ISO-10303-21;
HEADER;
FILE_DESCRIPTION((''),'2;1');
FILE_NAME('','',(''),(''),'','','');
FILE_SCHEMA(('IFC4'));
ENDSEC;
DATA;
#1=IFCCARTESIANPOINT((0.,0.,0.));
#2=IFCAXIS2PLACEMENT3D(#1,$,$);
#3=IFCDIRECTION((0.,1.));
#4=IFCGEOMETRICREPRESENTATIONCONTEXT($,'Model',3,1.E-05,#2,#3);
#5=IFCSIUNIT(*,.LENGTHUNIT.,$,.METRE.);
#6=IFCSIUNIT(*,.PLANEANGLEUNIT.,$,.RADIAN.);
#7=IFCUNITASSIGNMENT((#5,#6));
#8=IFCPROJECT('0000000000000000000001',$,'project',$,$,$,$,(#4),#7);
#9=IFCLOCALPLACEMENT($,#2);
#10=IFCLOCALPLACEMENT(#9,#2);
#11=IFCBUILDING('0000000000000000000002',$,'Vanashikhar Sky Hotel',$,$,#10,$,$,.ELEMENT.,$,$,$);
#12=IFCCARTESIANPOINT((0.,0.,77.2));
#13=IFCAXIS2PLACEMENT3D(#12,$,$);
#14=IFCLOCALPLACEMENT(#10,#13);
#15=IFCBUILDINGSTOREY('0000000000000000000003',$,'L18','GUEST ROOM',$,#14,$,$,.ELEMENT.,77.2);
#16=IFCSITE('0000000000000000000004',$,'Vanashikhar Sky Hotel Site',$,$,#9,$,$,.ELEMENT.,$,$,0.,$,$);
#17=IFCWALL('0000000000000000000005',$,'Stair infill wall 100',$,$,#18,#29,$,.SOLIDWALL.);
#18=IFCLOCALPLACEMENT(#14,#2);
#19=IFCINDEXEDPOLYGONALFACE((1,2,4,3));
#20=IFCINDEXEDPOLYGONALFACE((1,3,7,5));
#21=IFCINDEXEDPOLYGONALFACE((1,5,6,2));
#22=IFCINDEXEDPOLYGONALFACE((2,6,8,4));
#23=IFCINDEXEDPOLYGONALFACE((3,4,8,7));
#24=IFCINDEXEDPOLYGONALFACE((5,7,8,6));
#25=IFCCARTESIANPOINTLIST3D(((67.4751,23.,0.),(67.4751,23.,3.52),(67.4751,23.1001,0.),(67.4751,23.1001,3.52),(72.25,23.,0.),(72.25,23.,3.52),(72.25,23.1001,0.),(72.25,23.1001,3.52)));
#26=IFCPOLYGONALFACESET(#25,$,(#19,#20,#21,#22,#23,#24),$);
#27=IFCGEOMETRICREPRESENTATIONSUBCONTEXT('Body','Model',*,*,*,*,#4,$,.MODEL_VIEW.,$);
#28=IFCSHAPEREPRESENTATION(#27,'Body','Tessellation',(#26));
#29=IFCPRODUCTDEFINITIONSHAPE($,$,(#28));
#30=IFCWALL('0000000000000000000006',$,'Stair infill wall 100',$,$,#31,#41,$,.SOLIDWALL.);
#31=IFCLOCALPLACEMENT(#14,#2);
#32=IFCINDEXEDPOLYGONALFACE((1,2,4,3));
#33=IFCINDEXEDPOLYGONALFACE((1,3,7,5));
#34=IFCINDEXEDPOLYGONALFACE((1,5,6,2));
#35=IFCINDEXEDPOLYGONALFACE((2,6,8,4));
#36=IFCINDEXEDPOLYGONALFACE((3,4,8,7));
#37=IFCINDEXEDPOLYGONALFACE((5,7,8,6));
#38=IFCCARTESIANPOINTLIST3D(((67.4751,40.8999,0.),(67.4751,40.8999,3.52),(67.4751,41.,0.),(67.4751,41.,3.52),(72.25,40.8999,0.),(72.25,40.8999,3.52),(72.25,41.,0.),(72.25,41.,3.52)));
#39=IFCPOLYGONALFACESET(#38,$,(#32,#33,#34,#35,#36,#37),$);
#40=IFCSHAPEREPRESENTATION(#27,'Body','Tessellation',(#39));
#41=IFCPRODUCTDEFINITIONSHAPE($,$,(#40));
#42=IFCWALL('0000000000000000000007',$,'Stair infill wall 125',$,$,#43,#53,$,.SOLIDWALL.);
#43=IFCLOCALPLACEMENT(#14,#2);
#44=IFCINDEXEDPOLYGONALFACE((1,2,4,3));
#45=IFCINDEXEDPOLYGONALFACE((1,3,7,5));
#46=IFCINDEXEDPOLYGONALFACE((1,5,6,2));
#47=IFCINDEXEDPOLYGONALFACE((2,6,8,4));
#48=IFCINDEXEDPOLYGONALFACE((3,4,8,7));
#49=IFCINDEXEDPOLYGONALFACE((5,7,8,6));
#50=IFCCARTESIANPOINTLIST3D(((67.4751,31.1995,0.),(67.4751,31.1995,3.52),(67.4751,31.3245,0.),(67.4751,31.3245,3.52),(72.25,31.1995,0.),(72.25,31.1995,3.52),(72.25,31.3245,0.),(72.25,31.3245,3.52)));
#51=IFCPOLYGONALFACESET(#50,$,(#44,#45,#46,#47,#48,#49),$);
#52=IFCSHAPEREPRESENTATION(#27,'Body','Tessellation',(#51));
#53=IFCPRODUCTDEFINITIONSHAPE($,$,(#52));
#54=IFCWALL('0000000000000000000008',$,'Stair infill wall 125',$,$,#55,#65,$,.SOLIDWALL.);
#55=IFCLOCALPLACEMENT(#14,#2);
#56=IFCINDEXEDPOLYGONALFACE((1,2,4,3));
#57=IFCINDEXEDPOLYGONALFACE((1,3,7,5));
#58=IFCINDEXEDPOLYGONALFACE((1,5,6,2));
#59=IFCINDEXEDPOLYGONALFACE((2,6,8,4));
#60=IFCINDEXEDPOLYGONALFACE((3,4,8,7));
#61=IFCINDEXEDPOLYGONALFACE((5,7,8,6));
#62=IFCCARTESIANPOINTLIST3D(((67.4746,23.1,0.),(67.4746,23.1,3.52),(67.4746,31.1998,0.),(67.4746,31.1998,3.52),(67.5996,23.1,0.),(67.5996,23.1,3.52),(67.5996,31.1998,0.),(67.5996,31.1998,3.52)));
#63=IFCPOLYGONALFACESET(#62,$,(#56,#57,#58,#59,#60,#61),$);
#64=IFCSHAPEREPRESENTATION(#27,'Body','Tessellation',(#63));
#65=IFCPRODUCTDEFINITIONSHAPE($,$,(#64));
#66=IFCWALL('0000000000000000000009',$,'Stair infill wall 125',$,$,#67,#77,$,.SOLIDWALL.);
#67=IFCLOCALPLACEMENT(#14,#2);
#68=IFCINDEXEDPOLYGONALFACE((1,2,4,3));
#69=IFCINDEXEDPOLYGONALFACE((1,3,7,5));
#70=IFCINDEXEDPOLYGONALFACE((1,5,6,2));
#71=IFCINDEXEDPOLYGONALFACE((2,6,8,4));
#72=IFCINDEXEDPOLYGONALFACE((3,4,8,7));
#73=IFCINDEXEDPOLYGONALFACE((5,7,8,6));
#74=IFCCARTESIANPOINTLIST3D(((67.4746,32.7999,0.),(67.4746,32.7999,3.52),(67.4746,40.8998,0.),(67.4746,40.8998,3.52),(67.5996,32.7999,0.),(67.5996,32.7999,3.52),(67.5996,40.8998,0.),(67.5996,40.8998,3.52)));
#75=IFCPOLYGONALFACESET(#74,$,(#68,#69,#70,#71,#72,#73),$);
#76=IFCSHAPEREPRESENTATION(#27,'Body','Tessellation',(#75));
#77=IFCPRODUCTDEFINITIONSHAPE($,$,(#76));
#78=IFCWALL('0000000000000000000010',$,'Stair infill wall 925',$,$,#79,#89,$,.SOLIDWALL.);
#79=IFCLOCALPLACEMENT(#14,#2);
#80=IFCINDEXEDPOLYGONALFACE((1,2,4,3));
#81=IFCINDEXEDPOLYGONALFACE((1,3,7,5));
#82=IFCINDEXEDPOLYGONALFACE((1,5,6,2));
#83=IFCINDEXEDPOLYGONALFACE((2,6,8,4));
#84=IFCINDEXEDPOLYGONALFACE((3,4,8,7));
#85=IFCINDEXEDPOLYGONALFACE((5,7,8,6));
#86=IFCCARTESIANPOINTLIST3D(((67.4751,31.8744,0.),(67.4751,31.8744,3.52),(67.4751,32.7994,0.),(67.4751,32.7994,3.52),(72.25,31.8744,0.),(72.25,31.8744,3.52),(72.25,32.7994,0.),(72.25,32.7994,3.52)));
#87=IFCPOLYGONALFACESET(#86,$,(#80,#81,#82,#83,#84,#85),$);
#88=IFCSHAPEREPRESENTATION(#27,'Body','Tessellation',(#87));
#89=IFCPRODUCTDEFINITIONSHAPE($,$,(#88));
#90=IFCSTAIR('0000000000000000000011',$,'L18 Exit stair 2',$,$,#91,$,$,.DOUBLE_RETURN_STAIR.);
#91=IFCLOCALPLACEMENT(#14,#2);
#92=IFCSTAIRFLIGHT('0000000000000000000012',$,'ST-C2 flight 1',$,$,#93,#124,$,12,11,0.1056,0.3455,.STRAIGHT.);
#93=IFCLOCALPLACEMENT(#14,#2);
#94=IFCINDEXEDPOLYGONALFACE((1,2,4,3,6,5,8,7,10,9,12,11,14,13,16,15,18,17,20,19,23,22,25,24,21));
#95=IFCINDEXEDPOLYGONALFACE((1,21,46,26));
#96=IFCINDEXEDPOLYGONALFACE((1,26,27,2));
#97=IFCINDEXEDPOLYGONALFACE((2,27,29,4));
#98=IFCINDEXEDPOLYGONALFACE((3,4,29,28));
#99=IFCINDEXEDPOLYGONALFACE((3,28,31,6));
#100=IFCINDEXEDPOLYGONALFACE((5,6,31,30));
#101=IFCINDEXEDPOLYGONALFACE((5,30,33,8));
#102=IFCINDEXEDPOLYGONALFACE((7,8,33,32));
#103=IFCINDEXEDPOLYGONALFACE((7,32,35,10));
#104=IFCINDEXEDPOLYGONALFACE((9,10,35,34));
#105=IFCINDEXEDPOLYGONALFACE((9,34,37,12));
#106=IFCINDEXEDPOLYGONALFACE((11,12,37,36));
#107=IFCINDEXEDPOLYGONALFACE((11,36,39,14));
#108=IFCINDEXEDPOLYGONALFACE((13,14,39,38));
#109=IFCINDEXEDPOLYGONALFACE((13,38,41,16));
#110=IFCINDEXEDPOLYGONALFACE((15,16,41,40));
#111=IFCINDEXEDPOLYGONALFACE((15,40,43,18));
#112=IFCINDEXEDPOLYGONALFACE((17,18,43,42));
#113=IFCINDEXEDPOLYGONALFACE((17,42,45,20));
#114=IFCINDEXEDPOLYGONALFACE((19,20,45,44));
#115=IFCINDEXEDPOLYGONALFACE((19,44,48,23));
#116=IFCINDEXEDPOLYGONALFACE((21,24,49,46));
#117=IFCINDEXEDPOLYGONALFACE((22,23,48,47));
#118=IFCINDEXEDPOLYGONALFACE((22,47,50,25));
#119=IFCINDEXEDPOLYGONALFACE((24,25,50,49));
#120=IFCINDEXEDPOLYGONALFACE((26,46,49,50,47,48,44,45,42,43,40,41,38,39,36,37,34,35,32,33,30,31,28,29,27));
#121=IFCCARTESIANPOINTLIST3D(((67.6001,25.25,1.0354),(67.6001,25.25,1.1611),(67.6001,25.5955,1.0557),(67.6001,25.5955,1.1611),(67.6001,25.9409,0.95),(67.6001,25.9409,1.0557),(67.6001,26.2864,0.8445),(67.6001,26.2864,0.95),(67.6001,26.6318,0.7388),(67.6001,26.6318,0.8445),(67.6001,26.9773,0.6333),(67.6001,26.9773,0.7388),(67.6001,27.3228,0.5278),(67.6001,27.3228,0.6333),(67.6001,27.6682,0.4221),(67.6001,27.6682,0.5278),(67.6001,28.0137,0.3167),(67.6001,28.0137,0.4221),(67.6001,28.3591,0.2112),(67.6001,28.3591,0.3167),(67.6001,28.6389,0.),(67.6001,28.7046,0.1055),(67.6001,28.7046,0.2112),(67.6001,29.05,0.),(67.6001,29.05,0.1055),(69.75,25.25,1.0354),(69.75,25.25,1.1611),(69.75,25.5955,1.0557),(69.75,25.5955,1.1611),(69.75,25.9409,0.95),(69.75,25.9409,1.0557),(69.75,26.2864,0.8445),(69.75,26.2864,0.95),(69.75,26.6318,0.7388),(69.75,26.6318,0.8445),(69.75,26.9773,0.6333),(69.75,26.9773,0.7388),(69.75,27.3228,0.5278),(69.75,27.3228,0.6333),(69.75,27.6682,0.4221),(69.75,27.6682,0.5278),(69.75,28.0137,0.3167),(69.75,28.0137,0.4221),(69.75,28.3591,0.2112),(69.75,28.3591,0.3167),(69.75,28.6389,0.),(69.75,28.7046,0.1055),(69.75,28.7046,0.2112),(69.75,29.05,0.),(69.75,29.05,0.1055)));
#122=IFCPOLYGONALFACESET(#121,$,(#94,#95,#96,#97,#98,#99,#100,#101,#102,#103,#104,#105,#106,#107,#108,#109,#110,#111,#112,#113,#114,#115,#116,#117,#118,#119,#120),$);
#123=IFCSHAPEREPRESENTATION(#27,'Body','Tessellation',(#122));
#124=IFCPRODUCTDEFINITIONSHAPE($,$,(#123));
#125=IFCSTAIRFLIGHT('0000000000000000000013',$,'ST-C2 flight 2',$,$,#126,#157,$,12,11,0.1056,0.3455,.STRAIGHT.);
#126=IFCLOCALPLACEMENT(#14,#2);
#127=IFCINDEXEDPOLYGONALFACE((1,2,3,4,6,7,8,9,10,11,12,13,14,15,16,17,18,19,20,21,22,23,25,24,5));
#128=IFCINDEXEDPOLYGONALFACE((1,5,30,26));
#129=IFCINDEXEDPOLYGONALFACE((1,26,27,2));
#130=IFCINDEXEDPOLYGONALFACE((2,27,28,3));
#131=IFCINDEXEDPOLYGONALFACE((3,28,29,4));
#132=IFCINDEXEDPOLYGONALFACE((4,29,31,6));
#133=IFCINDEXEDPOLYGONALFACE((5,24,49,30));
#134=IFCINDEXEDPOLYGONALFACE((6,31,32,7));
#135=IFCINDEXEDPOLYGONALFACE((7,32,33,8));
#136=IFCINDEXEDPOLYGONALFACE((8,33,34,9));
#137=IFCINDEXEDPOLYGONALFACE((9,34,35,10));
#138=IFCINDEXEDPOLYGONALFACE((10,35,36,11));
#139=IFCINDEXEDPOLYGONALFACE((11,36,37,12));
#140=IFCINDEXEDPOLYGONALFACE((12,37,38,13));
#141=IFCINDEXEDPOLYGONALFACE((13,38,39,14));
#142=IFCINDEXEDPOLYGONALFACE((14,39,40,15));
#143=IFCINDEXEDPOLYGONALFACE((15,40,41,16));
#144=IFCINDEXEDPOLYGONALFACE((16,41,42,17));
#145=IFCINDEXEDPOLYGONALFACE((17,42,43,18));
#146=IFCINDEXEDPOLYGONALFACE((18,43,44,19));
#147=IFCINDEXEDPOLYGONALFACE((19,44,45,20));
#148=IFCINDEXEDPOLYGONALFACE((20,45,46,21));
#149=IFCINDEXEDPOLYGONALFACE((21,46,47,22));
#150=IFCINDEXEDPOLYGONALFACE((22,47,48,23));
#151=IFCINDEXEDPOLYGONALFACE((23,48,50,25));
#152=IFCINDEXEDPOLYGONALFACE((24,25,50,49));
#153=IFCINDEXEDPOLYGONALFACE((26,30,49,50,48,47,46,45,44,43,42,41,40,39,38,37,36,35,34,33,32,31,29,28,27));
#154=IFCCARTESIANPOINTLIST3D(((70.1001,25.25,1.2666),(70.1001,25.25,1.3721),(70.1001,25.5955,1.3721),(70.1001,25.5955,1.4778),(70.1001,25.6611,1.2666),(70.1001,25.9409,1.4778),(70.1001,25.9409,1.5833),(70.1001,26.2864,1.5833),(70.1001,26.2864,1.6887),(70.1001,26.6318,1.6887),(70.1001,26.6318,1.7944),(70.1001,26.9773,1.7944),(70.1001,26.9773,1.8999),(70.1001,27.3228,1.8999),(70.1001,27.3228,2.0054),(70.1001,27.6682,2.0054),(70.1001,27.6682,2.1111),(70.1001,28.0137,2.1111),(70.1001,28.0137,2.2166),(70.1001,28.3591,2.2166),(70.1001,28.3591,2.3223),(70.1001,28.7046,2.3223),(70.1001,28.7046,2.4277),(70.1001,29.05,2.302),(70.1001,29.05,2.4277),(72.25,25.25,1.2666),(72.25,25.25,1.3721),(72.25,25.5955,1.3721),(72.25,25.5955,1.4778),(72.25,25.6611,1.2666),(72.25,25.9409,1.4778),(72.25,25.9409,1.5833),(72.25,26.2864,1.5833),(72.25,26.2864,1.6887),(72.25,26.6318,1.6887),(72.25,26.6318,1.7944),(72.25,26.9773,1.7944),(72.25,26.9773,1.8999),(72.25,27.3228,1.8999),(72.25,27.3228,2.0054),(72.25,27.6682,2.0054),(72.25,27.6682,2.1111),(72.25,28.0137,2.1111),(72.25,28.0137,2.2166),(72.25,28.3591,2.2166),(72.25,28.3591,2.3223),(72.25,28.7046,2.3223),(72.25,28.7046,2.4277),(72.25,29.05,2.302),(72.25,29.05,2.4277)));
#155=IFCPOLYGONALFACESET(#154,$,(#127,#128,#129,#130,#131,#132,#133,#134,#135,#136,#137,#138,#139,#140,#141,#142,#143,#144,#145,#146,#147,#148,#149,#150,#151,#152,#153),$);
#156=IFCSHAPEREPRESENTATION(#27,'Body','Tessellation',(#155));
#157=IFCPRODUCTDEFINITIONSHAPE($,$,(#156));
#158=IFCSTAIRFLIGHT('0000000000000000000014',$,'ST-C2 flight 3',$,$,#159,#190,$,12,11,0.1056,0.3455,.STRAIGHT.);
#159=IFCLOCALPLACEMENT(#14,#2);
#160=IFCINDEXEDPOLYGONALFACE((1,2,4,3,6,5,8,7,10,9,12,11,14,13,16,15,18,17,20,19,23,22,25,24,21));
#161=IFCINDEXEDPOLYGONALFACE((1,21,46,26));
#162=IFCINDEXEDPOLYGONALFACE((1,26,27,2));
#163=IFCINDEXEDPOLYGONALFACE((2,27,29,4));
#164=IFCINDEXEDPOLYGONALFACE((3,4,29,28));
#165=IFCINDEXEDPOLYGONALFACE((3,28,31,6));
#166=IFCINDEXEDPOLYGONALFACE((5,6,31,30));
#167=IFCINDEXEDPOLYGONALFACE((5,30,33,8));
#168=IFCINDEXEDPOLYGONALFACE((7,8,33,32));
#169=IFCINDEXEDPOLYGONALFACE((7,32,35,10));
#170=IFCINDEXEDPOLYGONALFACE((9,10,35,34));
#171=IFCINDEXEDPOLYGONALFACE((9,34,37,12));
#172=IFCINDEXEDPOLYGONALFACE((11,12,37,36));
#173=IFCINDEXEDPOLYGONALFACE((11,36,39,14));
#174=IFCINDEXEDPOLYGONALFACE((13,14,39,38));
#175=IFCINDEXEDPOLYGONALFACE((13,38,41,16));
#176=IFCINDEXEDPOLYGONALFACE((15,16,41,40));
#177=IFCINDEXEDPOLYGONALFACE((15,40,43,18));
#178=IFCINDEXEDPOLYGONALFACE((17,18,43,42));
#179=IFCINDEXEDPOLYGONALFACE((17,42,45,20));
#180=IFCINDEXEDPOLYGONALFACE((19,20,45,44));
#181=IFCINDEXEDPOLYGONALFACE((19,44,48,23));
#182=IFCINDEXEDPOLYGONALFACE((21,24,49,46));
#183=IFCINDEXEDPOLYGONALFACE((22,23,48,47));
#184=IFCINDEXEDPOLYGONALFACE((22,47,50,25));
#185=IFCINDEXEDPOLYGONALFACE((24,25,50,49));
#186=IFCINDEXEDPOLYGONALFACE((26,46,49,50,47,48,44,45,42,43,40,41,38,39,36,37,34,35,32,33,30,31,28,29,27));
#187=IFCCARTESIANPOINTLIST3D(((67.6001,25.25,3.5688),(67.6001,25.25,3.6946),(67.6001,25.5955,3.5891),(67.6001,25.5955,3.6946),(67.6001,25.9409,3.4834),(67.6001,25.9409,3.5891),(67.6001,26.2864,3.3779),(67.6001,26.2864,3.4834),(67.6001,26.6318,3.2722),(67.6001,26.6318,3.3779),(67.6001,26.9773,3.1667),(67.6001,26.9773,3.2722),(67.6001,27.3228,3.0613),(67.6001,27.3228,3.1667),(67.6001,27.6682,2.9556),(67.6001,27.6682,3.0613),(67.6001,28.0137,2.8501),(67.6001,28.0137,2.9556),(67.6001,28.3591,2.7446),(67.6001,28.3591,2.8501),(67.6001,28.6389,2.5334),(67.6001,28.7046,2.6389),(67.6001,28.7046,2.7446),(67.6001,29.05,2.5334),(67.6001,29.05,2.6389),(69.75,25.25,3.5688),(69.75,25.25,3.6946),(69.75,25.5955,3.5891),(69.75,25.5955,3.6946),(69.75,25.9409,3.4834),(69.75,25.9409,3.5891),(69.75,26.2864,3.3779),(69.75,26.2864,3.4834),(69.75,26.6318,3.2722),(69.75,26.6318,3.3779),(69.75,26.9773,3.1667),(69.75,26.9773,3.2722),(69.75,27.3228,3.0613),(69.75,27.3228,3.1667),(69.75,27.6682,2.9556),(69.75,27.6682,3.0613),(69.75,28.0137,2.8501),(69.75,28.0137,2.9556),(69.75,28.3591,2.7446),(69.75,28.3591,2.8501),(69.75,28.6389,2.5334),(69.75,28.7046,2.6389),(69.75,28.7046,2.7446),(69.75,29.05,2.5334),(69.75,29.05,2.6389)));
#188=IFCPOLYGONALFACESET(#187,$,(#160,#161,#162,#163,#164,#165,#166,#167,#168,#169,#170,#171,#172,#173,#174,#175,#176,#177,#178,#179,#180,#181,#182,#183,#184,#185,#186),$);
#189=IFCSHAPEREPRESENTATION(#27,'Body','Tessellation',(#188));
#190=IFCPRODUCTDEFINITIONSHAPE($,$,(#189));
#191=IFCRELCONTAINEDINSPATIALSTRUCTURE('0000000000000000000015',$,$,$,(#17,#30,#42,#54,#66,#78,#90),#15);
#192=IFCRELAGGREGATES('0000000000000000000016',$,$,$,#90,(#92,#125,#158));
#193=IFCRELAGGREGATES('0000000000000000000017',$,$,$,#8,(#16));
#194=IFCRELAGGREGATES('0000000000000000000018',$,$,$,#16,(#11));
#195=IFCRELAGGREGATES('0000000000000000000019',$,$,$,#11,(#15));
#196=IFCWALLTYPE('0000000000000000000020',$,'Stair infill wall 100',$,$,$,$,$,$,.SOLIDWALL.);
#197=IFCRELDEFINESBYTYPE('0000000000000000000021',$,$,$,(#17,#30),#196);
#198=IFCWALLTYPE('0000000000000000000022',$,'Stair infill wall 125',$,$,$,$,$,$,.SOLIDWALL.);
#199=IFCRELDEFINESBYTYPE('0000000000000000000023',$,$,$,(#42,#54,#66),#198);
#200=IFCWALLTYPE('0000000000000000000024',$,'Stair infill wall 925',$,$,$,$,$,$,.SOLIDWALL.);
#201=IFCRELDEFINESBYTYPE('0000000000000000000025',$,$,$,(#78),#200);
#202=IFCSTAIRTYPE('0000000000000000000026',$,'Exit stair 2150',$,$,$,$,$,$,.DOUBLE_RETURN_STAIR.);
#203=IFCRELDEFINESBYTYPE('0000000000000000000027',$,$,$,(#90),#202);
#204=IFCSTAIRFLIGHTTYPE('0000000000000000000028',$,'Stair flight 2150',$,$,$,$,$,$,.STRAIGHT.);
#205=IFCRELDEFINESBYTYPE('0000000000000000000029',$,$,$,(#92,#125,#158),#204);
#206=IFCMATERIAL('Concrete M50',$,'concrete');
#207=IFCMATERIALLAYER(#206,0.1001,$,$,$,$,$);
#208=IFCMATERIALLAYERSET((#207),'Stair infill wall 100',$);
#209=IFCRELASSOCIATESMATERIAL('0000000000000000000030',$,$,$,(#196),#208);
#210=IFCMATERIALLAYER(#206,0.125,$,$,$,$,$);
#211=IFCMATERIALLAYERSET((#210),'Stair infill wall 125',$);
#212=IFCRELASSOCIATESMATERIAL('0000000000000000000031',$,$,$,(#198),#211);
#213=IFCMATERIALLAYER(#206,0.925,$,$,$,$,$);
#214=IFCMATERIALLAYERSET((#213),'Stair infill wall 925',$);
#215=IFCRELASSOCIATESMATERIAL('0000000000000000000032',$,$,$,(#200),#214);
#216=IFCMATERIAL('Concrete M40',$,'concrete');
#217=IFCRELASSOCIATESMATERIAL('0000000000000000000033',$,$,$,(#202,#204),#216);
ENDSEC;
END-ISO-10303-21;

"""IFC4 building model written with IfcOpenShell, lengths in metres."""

from ifc_helpers import new_model, si_unit, direction, frame, frame_2d, origin, place, context, subcontext, project, spatial, polyline, rectangle, outline, extrude, source, transform, mapped, material, layer, layer_set, type_object, element, aggregate, save


model = new_model("IFC4")

# Units and contexts
model_context = context("Model", 3, precision=1e-05, world=origin(), true_north=direction((0.0, 1.0)))
body_context = subcontext(model_context, "Body", "Model", "MODEL_VIEW")
ifc_project = project(units=[si_unit("LENGTHUNIT", "METRE"), si_unit("PLANEANGLEUNIT", "RADIAN")], contexts=[model_context])

# Site, building, storey
site_placement = place(None, origin())
site = spatial("IfcSite", under=ifc_project, at=site_placement, Name="Vanashikhar Sky Hotel Site", CompositionType="ELEMENT", RefElevation=0.0)
building_placement = place(site_placement, origin())
building = spatial("IfcBuilding", under=site, at=building_placement, Name="Vanashikhar Sky Hotel", CompositionType="ELEMENT")
storey_placement = place(building_placement, frame((0.0, 0.0, 77.2)))
storey = spatial("IfcBuildingStorey", under=building, at=storey_placement, Name="L18", Description="GUEST ROOM", CompositionType="ELEMENT", Elevation=77.2)

# Shared definitions
ifc_material_1 = material(Name="Concrete M40", Category="concrete")

# Shared definitions
ifc_material_2 = material(Name="Concrete M50", Category="concrete")

# Walls
ifc_layer_1 = layer(ifc_material_2, 0.1001)
ifc_layer_set_1 = layer_set([ifc_layer_1], Name="Stair infill wall 100")
wall_type_1 = type_object("IfcWallType", Name="Stair infill wall 100", PredefinedType="SOLIDWALL", material=ifc_layer_set_1)
shared_shape_1 = source(origin(), body_context, "Body", "SweptSolid", [
    extrude(rectangle(XDim=4.7749, YDim=0.1001, at=frame_2d((2.3875, 0.0))), origin(), (0.0, 0.0, 1.0), 3.52),
])
for number, where, z_axis, x_axis, name in (
    (1, (67.4751, 23.05, 0.0), (0.0, 0.0, 1.0), (1.0, 0.0, 0.0), "Stair infill wall 100"),
    (2, (67.4751, 40.95, 0.0), (0.0, 0.0, 1.0), (1.0, 0.0, 0.0), "Stair infill wall 100"),
):
    element("IfcWall", number, at=place(storey_placement, frame(where, z_axis=z_axis, x_axis=x_axis)), inside=storey, type_object=wall_type_1, Name=name, PredefinedType="SOLIDWALL", context=body_context, shape_type="MappedRepresentation", body=[
        mapped(shared_shape_1, transform((0.0, 0.0, 0.0), scale=1.0)),
    ])
ifc_layer_2 = layer(ifc_material_2, 0.125)
ifc_layer_set_2 = layer_set([ifc_layer_2], Name="Stair infill wall 125")
wall_type_2 = type_object("IfcWallType", Name="Stair infill wall 125", PredefinedType="SOLIDWALL", material=ifc_layer_set_2)
shared_shape_2 = source(origin(), body_context, "Body", "SweptSolid", [
    extrude(rectangle(XDim=4.7749, YDim=0.125, at=frame_2d((2.3875, 0.0))), origin(), (0.0, 0.0, 1.0), 3.52),
])
wall_1_placement = place(storey_placement, frame((67.4751, 31.262, 0.0), z_axis=(0.0, 0.0, 1.0), x_axis=(1.0, 0.0, 0.0)))
element("IfcWall", 3, at=wall_1_placement, inside=storey, type_object=wall_type_2, Name="Stair infill wall 125", PredefinedType="SOLIDWALL", context=body_context, shape_type="MappedRepresentation", body=[
    mapped(shared_shape_2, transform((0.0, 0.0, 0.0), scale=1.0)),
])
shared_shape_3 = source(origin(), body_context, "Body", "SweptSolid", [
    extrude(rectangle(XDim=8.0999, YDim=0.125, at=frame_2d((4.0498, 0.0))), origin(), (0.0, 0.0, 1.0), 3.52),
])
for number, where, z_axis, x_axis, name in (
    (4, (67.5371, 23.1001, 0.0), (0.0, 0.0, 1.0), (0.0, 1.0, 0.0), "Stair infill wall 125"),
    (5, (67.5371, 32.8, 0.0), (0.0, 0.0, 1.0), (0.0, 1.0, 0.0), "Stair infill wall 125"),
):
    element("IfcWall", number, at=place(storey_placement, frame(where, z_axis=z_axis, x_axis=x_axis)), inside=storey, type_object=wall_type_2, Name=name, PredefinedType="SOLIDWALL", context=body_context, shape_type="MappedRepresentation", body=[
        mapped(shared_shape_3, transform((0.0, 0.0, 0.0), scale=1.0)),
    ])
ifc_layer_3 = layer(ifc_material_2, 0.925)
ifc_layer_set_3 = layer_set([ifc_layer_3], Name="Stair infill wall 925")
wall_type_3 = type_object("IfcWallType", Name="Stair infill wall 925", PredefinedType="SOLIDWALL", material=ifc_layer_set_3)
shared_shape_4 = source(origin(), body_context, "Body", "SweptSolid", [
    extrude(rectangle(XDim=4.7749, YDim=0.925, at=frame_2d((2.3875, 0.0))), origin(), (0.0, 0.0, 1.0), 3.52),
])
wall_2_placement = place(storey_placement, frame((67.4751, 32.3369, 0.0), z_axis=(0.0, 0.0, 1.0), x_axis=(1.0, 0.0, 0.0)))
element("IfcWall", 6, at=wall_2_placement, inside=storey, type_object=wall_type_3, Name="Stair infill wall 925", PredefinedType="SOLIDWALL", context=body_context, shape_type="MappedRepresentation", body=[
    mapped(shared_shape_4, transform((0.0, 0.0, 0.0), scale=1.0)),
])

# Stair, stair flights
stair_type = type_object("IfcStairType", Name="Exit stair 2150", PredefinedType="DOUBLE_RETURN_STAIR", material=ifc_material_1)
stair_1_placement = place(storey_placement, origin())
stair_1 = element("IfcStair", 7, at=stair_1_placement, inside=storey, type_object=stair_type, Name="L18 Exit stair 2", PredefinedType="DOUBLE_RETURN_STAIR")
stair_flight_type = type_object("IfcStairFlightType", Name="Stair flight 2150", PredefinedType="STRAIGHT", material=ifc_material_1)
shared_shape_5 = source(origin(), body_context, "Body", "SweptSolid", [
    extrude(outline(polyline([(0.0, 0.0), (0.0, 0.1055), (0.3455, 0.1055), (0.3455, 0.2112), (0.6909, 0.2112), (0.6909, 0.3167), (1.0364, 0.3167), (1.0364, 0.4221), (1.3818, 0.4221), (1.3818, 0.5278), (1.7273, 0.5278), (1.7273, 0.6333), (2.0728, 0.6333), (2.0728, 0.7388), (2.4182, 0.7388), (2.4182, 0.8445), (2.7637, 0.8445), (2.7637, 0.95), (3.1091, 0.95), (3.1091, 1.0557), (3.4546, 1.0557), (3.4546, 1.1611), (3.8, 1.1611), (3.8, 1.2666), (3.8, 1.0354), (0.4111, 0.0), (0.0, 0.0)])), frame((0.0, 1.075, 0.0), z_axis=(0.0, -1.0, 0.0), x_axis=(1.0, 0.0, 0.0)), (0.0, 0.0, 1.0), 2.1499),
])
stair_flight_1_placement = place(storey_placement, frame((68.675, 29.05, 0.0), z_axis=(0.0, 0.0, 1.0), x_axis=(0.0, -1.0, 0.0)))
stair_flight_1 = element("IfcStairFlight", 8, at=stair_flight_1_placement, type_object=stair_flight_type, Name="ST-C2 flight 1", NumberOfRisers=12, NumberOfTreads=11, PredefinedType="STRAIGHT", RiserHeight=0.1056, TreadLength=0.3455, context=body_context, shape_type="MappedRepresentation", body=[
    mapped(shared_shape_5, transform((0.0, 0.0, 0.0), scale=1.0)),
])
stair_flight_2_placement = place(storey_placement, frame((71.175, 25.25, 1.2666), z_axis=(0.0, 0.0, 1.0), x_axis=(0.0, 1.0, 0.0)))
stair_flight_2 = element("IfcStairFlight", 9, at=stair_flight_2_placement, type_object=stair_flight_type, Name="ST-C2 flight 2", NumberOfRisers=12, NumberOfTreads=11, PredefinedType="STRAIGHT", RiserHeight=0.1056, TreadLength=0.3455, context=body_context, shape_type="MappedRepresentation", body=[
    mapped(shared_shape_5, transform((0.0, 0.0, 0.0), scale=1.0)),
])
stair_flight_3_placement = place(storey_placement, frame((68.675, 29.05, 2.5334), z_axis=(0.0, 0.0, 1.0), x_axis=(0.0, -1.0, 0.0)))
stair_flight_3 = element("IfcStairFlight", 10, at=stair_flight_3_placement, type_object=stair_flight_type, Name="ST-C2 flight 3", NumberOfRisers=12, NumberOfTreads=11, PredefinedType="STRAIGHT", RiserHeight=0.1056, TreadLength=0.3455, context=body_context, shape_type="MappedRepresentation", body=[
    mapped(shared_shape_5, transform((0.0, 0.0, 0.0), scale=1.0)),
])
aggregate(stair_1, [stair_flight_1, stair_flight_2, stair_flight_3])

save(model, "model.ifc")
